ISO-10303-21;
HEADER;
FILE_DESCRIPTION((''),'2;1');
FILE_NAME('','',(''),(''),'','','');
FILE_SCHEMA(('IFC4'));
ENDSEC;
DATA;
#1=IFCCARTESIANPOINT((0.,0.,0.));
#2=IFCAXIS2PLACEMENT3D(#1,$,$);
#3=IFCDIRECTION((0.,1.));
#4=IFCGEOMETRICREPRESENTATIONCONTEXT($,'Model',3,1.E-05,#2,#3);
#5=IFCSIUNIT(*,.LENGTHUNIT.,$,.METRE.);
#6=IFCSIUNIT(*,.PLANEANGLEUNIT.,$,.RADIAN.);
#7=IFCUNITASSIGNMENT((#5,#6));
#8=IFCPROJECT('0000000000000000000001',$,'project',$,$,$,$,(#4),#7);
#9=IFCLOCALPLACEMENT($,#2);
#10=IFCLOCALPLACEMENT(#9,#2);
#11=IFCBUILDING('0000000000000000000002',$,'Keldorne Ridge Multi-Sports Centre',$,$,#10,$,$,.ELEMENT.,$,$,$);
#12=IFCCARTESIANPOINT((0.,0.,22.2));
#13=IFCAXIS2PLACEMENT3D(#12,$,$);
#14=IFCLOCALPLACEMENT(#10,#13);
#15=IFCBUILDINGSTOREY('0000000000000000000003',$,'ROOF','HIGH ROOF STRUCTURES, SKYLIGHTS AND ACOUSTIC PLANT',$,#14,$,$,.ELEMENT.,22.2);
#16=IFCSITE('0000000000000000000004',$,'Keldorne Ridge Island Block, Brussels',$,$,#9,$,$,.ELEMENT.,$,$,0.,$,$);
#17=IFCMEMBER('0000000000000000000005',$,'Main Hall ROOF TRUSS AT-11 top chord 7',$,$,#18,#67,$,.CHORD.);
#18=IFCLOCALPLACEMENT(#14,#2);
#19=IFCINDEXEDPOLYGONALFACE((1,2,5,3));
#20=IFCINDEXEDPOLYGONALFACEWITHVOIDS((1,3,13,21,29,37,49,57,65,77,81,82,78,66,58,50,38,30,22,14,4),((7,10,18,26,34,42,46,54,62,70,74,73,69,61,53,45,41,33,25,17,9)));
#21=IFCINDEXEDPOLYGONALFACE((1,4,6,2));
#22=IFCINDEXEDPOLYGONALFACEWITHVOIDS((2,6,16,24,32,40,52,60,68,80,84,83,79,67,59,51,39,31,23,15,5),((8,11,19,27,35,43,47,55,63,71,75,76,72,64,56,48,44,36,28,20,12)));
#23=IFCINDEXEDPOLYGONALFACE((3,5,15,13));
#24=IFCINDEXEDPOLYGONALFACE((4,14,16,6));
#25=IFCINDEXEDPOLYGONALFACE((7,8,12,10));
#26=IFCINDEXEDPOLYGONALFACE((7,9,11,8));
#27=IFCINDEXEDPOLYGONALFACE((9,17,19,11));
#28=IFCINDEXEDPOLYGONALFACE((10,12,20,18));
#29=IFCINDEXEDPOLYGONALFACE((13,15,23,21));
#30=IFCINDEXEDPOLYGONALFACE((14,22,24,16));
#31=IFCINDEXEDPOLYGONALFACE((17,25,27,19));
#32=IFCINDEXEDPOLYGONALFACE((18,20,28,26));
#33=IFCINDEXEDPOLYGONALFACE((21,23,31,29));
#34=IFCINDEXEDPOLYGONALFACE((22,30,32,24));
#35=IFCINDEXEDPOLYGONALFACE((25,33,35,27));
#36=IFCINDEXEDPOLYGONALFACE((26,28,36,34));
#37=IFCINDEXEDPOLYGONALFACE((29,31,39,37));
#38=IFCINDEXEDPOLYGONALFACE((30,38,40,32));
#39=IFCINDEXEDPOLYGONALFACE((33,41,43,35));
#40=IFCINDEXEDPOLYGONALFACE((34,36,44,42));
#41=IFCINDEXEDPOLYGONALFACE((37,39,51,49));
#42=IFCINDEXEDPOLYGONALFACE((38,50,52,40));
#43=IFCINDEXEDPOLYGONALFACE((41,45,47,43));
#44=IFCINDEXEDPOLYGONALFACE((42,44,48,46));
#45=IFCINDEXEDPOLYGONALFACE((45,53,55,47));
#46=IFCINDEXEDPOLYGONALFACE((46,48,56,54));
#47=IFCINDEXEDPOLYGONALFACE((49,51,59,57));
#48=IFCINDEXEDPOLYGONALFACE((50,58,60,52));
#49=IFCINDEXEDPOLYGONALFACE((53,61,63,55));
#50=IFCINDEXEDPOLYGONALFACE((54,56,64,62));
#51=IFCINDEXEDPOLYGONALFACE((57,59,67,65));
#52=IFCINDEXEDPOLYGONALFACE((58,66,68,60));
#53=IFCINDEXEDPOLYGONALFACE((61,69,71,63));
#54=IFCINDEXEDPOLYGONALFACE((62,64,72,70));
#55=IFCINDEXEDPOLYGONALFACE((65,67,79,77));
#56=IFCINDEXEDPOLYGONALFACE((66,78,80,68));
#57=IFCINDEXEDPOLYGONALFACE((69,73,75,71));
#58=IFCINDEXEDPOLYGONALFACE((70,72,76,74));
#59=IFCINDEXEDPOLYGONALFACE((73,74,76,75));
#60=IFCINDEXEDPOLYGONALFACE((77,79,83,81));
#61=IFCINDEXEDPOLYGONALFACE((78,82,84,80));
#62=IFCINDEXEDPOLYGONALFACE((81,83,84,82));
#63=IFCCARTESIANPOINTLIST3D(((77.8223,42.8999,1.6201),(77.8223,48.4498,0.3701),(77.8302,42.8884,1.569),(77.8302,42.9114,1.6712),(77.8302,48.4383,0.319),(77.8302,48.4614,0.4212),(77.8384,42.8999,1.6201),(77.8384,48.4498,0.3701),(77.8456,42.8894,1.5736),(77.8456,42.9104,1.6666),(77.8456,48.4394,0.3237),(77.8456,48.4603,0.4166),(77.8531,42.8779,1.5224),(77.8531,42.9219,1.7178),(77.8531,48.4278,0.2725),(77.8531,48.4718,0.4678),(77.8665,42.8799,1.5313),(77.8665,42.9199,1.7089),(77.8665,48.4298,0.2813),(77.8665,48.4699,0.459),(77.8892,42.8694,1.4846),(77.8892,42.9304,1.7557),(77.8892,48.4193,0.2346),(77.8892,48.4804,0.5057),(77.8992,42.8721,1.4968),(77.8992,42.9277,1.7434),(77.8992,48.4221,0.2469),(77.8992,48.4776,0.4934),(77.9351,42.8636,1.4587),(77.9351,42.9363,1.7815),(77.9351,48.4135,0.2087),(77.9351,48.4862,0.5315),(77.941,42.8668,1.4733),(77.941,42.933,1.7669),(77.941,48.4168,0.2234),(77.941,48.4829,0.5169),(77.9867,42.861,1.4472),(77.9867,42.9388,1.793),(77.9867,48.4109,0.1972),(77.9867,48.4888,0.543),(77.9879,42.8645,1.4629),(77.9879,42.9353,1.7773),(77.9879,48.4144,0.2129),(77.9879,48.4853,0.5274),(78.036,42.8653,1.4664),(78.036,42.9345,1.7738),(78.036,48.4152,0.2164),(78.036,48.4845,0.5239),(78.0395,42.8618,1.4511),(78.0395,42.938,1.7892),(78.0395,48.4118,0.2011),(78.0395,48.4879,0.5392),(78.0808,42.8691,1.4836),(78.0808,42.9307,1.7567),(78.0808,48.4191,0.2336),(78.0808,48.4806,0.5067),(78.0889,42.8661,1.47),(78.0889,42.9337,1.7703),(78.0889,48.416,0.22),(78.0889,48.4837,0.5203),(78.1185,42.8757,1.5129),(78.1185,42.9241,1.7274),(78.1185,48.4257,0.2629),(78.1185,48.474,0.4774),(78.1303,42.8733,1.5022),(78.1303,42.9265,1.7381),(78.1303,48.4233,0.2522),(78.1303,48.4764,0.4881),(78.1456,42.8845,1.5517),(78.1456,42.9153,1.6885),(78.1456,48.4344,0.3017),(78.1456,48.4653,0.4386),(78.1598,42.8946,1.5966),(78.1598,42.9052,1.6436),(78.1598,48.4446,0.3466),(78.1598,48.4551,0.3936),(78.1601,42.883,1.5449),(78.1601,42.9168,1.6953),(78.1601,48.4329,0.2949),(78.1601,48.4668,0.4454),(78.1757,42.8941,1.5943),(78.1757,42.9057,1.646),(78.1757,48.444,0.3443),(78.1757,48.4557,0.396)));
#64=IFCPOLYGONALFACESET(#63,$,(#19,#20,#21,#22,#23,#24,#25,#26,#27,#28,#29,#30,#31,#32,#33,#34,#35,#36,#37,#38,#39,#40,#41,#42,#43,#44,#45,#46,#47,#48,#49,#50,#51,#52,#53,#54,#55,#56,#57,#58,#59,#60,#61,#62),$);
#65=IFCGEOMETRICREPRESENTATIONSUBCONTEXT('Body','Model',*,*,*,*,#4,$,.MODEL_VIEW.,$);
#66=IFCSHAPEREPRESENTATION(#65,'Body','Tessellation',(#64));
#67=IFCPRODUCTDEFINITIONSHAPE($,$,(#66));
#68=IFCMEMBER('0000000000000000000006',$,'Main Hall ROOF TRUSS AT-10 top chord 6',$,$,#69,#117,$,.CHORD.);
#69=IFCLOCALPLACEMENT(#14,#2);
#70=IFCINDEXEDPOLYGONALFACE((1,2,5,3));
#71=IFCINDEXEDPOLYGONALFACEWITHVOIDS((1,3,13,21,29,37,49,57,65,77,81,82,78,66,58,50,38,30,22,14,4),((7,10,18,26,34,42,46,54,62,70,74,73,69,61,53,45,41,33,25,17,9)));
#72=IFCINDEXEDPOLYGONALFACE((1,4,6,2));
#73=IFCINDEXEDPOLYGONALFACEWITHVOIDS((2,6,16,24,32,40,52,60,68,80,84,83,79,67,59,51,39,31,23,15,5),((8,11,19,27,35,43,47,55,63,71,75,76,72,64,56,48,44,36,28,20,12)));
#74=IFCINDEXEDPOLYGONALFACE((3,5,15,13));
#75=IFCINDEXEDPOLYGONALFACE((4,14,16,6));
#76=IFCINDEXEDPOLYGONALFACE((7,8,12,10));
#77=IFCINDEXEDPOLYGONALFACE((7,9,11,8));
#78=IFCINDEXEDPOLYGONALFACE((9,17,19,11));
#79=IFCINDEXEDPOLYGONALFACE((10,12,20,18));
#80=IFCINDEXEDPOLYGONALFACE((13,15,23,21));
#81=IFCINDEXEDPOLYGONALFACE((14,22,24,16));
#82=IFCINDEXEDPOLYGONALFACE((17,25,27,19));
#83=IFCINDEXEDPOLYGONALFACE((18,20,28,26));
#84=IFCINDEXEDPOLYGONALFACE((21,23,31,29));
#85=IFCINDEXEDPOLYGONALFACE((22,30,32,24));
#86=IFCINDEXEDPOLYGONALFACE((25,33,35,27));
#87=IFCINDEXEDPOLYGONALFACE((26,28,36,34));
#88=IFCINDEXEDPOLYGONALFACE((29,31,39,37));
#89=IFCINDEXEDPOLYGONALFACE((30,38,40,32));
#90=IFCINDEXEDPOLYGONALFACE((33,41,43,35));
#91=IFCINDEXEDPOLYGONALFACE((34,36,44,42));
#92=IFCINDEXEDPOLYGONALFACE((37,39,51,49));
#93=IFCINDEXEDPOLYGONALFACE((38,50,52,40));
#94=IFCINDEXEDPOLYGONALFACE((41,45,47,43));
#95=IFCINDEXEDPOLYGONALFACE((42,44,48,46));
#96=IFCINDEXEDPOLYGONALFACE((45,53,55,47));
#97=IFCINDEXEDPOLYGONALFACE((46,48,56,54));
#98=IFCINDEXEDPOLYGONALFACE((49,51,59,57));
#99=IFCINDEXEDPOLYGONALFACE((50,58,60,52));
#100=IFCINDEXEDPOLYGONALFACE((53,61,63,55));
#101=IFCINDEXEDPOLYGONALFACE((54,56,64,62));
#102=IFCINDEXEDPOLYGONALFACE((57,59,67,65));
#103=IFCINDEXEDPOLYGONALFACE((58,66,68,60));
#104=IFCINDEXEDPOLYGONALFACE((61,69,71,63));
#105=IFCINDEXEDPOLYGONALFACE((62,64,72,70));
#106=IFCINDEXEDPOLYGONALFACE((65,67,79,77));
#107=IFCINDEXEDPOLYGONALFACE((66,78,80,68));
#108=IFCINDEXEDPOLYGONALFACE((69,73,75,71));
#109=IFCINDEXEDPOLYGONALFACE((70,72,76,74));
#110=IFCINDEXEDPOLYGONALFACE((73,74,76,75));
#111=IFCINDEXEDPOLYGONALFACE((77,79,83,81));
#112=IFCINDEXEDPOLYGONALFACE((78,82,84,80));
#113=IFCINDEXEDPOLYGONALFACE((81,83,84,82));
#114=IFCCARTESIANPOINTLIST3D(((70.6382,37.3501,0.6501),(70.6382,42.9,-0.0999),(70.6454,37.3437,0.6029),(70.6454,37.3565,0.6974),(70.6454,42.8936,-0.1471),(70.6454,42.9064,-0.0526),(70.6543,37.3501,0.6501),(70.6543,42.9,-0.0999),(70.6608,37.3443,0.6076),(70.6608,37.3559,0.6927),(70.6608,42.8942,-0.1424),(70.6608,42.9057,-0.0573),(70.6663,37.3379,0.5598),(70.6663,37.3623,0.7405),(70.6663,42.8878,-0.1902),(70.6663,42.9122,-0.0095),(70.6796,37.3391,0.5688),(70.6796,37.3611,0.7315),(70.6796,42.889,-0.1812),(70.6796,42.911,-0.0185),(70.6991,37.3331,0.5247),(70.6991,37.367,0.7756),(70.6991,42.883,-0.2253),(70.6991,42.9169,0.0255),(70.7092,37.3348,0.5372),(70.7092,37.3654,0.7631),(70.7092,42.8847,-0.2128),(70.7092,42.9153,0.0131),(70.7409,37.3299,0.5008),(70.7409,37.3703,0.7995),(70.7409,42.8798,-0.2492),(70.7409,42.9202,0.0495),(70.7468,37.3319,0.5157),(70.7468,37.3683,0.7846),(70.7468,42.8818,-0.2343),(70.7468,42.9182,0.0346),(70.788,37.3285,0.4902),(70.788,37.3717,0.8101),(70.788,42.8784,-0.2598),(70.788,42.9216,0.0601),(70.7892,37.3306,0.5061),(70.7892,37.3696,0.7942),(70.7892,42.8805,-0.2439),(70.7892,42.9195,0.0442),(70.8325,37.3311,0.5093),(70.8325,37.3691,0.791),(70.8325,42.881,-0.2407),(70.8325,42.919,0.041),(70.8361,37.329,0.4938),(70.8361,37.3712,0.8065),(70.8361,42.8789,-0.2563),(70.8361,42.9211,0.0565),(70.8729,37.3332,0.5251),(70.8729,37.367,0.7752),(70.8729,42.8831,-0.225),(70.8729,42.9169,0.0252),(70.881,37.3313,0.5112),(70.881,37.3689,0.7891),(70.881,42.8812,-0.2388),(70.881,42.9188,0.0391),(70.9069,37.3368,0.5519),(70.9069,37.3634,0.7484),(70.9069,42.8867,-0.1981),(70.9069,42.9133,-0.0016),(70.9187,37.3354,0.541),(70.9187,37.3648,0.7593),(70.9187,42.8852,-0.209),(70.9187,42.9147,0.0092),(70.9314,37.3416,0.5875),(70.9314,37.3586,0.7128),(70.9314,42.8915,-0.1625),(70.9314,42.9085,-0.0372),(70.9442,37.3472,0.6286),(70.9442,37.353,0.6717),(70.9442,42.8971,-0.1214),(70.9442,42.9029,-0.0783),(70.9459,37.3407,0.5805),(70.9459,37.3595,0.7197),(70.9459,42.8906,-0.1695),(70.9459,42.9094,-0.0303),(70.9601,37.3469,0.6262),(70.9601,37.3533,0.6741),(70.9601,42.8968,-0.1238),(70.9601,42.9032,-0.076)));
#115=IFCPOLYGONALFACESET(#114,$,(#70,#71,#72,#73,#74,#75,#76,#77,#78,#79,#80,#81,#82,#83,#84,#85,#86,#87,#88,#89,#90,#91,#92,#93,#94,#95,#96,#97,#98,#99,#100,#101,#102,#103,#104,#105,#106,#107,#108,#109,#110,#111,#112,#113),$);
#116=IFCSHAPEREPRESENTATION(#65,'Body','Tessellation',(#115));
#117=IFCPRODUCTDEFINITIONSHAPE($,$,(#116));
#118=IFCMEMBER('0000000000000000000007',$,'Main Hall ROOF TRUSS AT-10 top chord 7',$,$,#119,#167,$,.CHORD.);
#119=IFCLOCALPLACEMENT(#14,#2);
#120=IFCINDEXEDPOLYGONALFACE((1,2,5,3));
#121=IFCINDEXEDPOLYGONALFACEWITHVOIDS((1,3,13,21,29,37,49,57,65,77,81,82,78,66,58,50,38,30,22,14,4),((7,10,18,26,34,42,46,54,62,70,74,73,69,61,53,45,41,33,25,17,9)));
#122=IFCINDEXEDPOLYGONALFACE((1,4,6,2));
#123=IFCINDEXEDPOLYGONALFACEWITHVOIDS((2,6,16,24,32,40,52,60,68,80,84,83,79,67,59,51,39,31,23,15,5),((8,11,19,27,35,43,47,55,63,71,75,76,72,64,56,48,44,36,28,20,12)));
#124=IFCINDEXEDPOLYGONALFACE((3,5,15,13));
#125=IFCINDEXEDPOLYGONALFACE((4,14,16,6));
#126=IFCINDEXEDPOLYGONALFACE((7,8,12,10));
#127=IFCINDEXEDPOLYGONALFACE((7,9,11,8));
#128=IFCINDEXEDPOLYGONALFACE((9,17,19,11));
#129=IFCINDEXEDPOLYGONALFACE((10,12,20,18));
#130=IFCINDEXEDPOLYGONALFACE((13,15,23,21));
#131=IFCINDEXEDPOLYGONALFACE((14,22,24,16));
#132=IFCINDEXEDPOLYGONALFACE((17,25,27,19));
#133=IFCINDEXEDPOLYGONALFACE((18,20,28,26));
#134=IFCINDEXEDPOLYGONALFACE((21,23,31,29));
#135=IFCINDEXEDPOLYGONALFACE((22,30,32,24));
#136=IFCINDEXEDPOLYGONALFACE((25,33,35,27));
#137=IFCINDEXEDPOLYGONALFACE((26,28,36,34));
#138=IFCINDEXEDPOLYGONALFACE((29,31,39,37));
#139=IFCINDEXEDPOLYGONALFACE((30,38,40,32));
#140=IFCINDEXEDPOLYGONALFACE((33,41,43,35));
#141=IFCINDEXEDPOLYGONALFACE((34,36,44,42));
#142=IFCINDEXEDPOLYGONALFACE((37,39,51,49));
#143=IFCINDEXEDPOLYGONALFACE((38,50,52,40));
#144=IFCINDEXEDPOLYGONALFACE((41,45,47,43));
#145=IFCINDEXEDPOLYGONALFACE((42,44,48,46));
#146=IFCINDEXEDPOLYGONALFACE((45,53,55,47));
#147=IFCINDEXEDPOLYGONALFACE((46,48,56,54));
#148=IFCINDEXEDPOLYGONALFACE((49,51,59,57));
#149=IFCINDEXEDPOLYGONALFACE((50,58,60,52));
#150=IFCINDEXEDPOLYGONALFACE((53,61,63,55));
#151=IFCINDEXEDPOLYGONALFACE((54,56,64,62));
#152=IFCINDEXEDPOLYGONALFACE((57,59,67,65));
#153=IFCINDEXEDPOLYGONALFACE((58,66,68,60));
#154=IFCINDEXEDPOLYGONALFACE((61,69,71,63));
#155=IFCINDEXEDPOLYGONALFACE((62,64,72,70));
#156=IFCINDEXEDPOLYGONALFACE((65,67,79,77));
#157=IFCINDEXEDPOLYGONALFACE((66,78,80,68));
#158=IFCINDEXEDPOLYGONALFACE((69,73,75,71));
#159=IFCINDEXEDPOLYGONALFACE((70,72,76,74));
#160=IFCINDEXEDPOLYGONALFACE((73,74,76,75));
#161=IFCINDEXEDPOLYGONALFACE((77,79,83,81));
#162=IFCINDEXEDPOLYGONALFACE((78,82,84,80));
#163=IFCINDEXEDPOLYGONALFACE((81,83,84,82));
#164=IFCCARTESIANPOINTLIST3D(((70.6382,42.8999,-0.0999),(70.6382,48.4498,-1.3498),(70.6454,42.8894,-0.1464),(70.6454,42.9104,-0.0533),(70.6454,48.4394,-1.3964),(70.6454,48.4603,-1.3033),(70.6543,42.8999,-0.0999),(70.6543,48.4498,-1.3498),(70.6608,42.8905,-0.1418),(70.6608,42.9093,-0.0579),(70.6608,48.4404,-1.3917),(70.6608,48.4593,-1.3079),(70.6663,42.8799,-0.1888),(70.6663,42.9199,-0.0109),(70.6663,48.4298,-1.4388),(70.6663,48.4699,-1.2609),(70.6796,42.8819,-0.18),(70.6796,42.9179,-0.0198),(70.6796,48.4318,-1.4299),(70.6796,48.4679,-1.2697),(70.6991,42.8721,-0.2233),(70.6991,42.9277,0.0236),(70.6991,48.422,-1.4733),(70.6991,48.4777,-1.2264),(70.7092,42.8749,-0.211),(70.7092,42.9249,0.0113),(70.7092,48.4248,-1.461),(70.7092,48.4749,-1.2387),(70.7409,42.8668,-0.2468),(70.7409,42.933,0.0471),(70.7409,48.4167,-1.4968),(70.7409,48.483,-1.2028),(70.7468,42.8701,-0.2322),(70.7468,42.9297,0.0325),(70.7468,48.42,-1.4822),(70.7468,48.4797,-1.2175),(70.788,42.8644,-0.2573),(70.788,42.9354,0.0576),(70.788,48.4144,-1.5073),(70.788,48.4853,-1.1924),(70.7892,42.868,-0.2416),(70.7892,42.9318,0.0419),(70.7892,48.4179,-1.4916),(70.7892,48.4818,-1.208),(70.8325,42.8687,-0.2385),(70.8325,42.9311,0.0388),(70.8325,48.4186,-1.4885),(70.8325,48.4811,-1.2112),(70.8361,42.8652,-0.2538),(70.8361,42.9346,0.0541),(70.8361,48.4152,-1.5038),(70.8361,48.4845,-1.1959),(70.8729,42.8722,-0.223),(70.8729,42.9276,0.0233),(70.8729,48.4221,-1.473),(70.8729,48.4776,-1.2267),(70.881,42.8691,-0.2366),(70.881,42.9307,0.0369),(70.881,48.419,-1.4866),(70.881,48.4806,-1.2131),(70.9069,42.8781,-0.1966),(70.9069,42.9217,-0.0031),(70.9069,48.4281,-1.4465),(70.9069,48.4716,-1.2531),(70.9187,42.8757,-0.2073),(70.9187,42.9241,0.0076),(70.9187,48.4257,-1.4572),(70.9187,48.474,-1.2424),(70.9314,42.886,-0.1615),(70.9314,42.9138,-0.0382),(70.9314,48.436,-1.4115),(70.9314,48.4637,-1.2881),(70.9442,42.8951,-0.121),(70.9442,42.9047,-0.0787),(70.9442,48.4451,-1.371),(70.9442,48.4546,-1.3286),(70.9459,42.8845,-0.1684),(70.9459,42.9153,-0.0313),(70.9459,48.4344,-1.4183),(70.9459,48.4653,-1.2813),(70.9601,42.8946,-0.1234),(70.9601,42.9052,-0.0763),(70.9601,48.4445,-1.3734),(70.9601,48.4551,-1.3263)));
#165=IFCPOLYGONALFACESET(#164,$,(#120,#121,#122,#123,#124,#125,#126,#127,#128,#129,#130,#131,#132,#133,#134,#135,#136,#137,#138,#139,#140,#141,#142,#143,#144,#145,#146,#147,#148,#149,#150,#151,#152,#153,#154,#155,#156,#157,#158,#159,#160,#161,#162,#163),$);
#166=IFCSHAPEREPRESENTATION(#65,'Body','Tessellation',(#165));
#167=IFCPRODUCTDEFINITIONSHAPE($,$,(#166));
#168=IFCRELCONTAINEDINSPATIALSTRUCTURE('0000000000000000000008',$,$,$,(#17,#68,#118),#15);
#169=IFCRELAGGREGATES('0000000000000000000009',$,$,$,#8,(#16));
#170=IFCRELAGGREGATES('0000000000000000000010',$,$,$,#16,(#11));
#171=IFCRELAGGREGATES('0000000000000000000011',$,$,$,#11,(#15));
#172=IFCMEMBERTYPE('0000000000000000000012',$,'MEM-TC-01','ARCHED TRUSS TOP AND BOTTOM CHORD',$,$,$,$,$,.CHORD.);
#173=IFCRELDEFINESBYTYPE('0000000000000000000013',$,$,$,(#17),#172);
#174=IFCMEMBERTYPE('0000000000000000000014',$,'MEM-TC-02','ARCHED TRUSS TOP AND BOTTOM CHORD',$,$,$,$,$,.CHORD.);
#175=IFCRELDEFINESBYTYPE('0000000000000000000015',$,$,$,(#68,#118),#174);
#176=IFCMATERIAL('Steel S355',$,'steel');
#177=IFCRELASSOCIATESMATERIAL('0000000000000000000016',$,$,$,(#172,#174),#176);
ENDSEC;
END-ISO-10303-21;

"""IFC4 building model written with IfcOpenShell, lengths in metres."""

from ifc_helpers import new_model, si_unit, direction, frame, origin, origin_2d, place, context, subcontext, project, spatial, hollow_circle, extrude, material, material_profile, profile_set, type_object, element, save


model = new_model("IFC4")

# Units and contexts
model_context = context("Model", 3, precision=1e-05, world=origin(), true_north=direction((0.0, 1.0)))
body_context = subcontext(model_context, "Body", "Model", "MODEL_VIEW")
ifc_project = project(units=[si_unit("LENGTHUNIT", "METRE"), si_unit("PLANEANGLEUNIT", "RADIAN")], contexts=[model_context])

# Site, building, storey
site_placement = place(None, origin())
site = spatial("IfcSite", under=ifc_project, at=site_placement, Name="Keldorne Ridge Island Block, Brussels", CompositionType="ELEMENT", RefElevation=0.0)
building_placement = place(site_placement, origin())
building = spatial("IfcBuilding", under=site, at=building_placement, Name="Keldorne Ridge Multi-Sports Centre", CompositionType="ELEMENT")
storey_placement = place(building_placement, frame((0.0, 0.0, 22.2)))
storey = spatial("IfcBuildingStorey", under=building, at=storey_placement, Name="ROOF", Description="HIGH ROOF STRUCTURES, SKYLIGHTS AND ACOUSTIC PLANT", CompositionType="ELEMENT", Elevation=22.2)

# Members
ifc_material = material(Name="Steel S355", Category="steel")
ifc_material_profile_1 = material_profile(ifc_material, hollow_circle(Radius=0.1777, WallThickness=0.0161, at=origin_2d()), Name="CHS 355.6x16")
ifc_profile_set_1 = profile_set([ifc_material_profile_1], Name="Steel S355")
member_type_1 = type_object("IfcMemberType", Name="MEM-TC-01", Description="ARCHED TRUSS TOP AND BOTTOM CHORD", PredefinedType="CHORD", material=ifc_profile_set_1)
member_1_placement = place(storey_placement, frame((78.0, 42.8999, 1.6201), z_axis=(0.0, 0.975563, -0.219719), x_axis=(-1.0, 0.0, 0.0)))
element("IfcMember", 1, at=member_1_placement, inside=storey, type_object=member_type_1, Name="Main Hall ROOF TRUSS AT-11 top chord 7", PredefinedType="CHORD", context=body_context, shape_type="SweptSolid", body=[
    extrude(hollow_circle(Radius=0.1777, WallThickness=0.0161, at=origin_2d()), origin(), (0.0, 0.0, 1.0), 5.689),
])
ifc_material_profile_2 = material_profile(ifc_material, hollow_circle(Radius=0.1619, WallThickness=0.0161, at=origin_2d()), Name="CHS 323.9x16")
ifc_profile_set_2 = profile_set([ifc_material_profile_2], Name="Steel S355")
member_type_2 = type_object("IfcMemberType", Name="MEM-TC-02", Description="ARCHED TRUSS TOP AND BOTTOM CHORD", PredefinedType="CHORD", material=ifc_profile_set_2)
member_2_placement = place(storey_placement, frame((70.8, 37.3501, 0.6501), z_axis=(0.0, 0.990992, -0.133923), x_axis=(-1.0, 0.0, 0.0)))
element("IfcMember", 2, at=member_2_placement, inside=storey, type_object=member_type_2, Name="Main Hall ROOF TRUSS AT-10 top chord 6", PredefinedType="CHORD", context=body_context, shape_type="SweptSolid", body=[
    extrude(hollow_circle(Radius=0.1619, WallThickness=0.0161, at=origin_2d()), origin(), (0.0, 0.0, 1.0), 5.6003),
])
member_3_placement = place(storey_placement, frame((70.8, 42.8999, -0.0999), z_axis=(0.0, 0.975563, -0.219719), x_axis=(-1.0, 0.0, 0.0)))
element("IfcMember", 3, at=member_3_placement, inside=storey, type_object=member_type_2, Name="Main Hall ROOF TRUSS AT-10 top chord 7", PredefinedType="CHORD", context=body_context, shape_type="SweptSolid", body=[
    extrude(hollow_circle(Radius=0.1619, WallThickness=0.0161, at=origin_2d()), origin(), (0.0, 0.0, 1.0), 5.689),
])

save(model, "model.ifc")
